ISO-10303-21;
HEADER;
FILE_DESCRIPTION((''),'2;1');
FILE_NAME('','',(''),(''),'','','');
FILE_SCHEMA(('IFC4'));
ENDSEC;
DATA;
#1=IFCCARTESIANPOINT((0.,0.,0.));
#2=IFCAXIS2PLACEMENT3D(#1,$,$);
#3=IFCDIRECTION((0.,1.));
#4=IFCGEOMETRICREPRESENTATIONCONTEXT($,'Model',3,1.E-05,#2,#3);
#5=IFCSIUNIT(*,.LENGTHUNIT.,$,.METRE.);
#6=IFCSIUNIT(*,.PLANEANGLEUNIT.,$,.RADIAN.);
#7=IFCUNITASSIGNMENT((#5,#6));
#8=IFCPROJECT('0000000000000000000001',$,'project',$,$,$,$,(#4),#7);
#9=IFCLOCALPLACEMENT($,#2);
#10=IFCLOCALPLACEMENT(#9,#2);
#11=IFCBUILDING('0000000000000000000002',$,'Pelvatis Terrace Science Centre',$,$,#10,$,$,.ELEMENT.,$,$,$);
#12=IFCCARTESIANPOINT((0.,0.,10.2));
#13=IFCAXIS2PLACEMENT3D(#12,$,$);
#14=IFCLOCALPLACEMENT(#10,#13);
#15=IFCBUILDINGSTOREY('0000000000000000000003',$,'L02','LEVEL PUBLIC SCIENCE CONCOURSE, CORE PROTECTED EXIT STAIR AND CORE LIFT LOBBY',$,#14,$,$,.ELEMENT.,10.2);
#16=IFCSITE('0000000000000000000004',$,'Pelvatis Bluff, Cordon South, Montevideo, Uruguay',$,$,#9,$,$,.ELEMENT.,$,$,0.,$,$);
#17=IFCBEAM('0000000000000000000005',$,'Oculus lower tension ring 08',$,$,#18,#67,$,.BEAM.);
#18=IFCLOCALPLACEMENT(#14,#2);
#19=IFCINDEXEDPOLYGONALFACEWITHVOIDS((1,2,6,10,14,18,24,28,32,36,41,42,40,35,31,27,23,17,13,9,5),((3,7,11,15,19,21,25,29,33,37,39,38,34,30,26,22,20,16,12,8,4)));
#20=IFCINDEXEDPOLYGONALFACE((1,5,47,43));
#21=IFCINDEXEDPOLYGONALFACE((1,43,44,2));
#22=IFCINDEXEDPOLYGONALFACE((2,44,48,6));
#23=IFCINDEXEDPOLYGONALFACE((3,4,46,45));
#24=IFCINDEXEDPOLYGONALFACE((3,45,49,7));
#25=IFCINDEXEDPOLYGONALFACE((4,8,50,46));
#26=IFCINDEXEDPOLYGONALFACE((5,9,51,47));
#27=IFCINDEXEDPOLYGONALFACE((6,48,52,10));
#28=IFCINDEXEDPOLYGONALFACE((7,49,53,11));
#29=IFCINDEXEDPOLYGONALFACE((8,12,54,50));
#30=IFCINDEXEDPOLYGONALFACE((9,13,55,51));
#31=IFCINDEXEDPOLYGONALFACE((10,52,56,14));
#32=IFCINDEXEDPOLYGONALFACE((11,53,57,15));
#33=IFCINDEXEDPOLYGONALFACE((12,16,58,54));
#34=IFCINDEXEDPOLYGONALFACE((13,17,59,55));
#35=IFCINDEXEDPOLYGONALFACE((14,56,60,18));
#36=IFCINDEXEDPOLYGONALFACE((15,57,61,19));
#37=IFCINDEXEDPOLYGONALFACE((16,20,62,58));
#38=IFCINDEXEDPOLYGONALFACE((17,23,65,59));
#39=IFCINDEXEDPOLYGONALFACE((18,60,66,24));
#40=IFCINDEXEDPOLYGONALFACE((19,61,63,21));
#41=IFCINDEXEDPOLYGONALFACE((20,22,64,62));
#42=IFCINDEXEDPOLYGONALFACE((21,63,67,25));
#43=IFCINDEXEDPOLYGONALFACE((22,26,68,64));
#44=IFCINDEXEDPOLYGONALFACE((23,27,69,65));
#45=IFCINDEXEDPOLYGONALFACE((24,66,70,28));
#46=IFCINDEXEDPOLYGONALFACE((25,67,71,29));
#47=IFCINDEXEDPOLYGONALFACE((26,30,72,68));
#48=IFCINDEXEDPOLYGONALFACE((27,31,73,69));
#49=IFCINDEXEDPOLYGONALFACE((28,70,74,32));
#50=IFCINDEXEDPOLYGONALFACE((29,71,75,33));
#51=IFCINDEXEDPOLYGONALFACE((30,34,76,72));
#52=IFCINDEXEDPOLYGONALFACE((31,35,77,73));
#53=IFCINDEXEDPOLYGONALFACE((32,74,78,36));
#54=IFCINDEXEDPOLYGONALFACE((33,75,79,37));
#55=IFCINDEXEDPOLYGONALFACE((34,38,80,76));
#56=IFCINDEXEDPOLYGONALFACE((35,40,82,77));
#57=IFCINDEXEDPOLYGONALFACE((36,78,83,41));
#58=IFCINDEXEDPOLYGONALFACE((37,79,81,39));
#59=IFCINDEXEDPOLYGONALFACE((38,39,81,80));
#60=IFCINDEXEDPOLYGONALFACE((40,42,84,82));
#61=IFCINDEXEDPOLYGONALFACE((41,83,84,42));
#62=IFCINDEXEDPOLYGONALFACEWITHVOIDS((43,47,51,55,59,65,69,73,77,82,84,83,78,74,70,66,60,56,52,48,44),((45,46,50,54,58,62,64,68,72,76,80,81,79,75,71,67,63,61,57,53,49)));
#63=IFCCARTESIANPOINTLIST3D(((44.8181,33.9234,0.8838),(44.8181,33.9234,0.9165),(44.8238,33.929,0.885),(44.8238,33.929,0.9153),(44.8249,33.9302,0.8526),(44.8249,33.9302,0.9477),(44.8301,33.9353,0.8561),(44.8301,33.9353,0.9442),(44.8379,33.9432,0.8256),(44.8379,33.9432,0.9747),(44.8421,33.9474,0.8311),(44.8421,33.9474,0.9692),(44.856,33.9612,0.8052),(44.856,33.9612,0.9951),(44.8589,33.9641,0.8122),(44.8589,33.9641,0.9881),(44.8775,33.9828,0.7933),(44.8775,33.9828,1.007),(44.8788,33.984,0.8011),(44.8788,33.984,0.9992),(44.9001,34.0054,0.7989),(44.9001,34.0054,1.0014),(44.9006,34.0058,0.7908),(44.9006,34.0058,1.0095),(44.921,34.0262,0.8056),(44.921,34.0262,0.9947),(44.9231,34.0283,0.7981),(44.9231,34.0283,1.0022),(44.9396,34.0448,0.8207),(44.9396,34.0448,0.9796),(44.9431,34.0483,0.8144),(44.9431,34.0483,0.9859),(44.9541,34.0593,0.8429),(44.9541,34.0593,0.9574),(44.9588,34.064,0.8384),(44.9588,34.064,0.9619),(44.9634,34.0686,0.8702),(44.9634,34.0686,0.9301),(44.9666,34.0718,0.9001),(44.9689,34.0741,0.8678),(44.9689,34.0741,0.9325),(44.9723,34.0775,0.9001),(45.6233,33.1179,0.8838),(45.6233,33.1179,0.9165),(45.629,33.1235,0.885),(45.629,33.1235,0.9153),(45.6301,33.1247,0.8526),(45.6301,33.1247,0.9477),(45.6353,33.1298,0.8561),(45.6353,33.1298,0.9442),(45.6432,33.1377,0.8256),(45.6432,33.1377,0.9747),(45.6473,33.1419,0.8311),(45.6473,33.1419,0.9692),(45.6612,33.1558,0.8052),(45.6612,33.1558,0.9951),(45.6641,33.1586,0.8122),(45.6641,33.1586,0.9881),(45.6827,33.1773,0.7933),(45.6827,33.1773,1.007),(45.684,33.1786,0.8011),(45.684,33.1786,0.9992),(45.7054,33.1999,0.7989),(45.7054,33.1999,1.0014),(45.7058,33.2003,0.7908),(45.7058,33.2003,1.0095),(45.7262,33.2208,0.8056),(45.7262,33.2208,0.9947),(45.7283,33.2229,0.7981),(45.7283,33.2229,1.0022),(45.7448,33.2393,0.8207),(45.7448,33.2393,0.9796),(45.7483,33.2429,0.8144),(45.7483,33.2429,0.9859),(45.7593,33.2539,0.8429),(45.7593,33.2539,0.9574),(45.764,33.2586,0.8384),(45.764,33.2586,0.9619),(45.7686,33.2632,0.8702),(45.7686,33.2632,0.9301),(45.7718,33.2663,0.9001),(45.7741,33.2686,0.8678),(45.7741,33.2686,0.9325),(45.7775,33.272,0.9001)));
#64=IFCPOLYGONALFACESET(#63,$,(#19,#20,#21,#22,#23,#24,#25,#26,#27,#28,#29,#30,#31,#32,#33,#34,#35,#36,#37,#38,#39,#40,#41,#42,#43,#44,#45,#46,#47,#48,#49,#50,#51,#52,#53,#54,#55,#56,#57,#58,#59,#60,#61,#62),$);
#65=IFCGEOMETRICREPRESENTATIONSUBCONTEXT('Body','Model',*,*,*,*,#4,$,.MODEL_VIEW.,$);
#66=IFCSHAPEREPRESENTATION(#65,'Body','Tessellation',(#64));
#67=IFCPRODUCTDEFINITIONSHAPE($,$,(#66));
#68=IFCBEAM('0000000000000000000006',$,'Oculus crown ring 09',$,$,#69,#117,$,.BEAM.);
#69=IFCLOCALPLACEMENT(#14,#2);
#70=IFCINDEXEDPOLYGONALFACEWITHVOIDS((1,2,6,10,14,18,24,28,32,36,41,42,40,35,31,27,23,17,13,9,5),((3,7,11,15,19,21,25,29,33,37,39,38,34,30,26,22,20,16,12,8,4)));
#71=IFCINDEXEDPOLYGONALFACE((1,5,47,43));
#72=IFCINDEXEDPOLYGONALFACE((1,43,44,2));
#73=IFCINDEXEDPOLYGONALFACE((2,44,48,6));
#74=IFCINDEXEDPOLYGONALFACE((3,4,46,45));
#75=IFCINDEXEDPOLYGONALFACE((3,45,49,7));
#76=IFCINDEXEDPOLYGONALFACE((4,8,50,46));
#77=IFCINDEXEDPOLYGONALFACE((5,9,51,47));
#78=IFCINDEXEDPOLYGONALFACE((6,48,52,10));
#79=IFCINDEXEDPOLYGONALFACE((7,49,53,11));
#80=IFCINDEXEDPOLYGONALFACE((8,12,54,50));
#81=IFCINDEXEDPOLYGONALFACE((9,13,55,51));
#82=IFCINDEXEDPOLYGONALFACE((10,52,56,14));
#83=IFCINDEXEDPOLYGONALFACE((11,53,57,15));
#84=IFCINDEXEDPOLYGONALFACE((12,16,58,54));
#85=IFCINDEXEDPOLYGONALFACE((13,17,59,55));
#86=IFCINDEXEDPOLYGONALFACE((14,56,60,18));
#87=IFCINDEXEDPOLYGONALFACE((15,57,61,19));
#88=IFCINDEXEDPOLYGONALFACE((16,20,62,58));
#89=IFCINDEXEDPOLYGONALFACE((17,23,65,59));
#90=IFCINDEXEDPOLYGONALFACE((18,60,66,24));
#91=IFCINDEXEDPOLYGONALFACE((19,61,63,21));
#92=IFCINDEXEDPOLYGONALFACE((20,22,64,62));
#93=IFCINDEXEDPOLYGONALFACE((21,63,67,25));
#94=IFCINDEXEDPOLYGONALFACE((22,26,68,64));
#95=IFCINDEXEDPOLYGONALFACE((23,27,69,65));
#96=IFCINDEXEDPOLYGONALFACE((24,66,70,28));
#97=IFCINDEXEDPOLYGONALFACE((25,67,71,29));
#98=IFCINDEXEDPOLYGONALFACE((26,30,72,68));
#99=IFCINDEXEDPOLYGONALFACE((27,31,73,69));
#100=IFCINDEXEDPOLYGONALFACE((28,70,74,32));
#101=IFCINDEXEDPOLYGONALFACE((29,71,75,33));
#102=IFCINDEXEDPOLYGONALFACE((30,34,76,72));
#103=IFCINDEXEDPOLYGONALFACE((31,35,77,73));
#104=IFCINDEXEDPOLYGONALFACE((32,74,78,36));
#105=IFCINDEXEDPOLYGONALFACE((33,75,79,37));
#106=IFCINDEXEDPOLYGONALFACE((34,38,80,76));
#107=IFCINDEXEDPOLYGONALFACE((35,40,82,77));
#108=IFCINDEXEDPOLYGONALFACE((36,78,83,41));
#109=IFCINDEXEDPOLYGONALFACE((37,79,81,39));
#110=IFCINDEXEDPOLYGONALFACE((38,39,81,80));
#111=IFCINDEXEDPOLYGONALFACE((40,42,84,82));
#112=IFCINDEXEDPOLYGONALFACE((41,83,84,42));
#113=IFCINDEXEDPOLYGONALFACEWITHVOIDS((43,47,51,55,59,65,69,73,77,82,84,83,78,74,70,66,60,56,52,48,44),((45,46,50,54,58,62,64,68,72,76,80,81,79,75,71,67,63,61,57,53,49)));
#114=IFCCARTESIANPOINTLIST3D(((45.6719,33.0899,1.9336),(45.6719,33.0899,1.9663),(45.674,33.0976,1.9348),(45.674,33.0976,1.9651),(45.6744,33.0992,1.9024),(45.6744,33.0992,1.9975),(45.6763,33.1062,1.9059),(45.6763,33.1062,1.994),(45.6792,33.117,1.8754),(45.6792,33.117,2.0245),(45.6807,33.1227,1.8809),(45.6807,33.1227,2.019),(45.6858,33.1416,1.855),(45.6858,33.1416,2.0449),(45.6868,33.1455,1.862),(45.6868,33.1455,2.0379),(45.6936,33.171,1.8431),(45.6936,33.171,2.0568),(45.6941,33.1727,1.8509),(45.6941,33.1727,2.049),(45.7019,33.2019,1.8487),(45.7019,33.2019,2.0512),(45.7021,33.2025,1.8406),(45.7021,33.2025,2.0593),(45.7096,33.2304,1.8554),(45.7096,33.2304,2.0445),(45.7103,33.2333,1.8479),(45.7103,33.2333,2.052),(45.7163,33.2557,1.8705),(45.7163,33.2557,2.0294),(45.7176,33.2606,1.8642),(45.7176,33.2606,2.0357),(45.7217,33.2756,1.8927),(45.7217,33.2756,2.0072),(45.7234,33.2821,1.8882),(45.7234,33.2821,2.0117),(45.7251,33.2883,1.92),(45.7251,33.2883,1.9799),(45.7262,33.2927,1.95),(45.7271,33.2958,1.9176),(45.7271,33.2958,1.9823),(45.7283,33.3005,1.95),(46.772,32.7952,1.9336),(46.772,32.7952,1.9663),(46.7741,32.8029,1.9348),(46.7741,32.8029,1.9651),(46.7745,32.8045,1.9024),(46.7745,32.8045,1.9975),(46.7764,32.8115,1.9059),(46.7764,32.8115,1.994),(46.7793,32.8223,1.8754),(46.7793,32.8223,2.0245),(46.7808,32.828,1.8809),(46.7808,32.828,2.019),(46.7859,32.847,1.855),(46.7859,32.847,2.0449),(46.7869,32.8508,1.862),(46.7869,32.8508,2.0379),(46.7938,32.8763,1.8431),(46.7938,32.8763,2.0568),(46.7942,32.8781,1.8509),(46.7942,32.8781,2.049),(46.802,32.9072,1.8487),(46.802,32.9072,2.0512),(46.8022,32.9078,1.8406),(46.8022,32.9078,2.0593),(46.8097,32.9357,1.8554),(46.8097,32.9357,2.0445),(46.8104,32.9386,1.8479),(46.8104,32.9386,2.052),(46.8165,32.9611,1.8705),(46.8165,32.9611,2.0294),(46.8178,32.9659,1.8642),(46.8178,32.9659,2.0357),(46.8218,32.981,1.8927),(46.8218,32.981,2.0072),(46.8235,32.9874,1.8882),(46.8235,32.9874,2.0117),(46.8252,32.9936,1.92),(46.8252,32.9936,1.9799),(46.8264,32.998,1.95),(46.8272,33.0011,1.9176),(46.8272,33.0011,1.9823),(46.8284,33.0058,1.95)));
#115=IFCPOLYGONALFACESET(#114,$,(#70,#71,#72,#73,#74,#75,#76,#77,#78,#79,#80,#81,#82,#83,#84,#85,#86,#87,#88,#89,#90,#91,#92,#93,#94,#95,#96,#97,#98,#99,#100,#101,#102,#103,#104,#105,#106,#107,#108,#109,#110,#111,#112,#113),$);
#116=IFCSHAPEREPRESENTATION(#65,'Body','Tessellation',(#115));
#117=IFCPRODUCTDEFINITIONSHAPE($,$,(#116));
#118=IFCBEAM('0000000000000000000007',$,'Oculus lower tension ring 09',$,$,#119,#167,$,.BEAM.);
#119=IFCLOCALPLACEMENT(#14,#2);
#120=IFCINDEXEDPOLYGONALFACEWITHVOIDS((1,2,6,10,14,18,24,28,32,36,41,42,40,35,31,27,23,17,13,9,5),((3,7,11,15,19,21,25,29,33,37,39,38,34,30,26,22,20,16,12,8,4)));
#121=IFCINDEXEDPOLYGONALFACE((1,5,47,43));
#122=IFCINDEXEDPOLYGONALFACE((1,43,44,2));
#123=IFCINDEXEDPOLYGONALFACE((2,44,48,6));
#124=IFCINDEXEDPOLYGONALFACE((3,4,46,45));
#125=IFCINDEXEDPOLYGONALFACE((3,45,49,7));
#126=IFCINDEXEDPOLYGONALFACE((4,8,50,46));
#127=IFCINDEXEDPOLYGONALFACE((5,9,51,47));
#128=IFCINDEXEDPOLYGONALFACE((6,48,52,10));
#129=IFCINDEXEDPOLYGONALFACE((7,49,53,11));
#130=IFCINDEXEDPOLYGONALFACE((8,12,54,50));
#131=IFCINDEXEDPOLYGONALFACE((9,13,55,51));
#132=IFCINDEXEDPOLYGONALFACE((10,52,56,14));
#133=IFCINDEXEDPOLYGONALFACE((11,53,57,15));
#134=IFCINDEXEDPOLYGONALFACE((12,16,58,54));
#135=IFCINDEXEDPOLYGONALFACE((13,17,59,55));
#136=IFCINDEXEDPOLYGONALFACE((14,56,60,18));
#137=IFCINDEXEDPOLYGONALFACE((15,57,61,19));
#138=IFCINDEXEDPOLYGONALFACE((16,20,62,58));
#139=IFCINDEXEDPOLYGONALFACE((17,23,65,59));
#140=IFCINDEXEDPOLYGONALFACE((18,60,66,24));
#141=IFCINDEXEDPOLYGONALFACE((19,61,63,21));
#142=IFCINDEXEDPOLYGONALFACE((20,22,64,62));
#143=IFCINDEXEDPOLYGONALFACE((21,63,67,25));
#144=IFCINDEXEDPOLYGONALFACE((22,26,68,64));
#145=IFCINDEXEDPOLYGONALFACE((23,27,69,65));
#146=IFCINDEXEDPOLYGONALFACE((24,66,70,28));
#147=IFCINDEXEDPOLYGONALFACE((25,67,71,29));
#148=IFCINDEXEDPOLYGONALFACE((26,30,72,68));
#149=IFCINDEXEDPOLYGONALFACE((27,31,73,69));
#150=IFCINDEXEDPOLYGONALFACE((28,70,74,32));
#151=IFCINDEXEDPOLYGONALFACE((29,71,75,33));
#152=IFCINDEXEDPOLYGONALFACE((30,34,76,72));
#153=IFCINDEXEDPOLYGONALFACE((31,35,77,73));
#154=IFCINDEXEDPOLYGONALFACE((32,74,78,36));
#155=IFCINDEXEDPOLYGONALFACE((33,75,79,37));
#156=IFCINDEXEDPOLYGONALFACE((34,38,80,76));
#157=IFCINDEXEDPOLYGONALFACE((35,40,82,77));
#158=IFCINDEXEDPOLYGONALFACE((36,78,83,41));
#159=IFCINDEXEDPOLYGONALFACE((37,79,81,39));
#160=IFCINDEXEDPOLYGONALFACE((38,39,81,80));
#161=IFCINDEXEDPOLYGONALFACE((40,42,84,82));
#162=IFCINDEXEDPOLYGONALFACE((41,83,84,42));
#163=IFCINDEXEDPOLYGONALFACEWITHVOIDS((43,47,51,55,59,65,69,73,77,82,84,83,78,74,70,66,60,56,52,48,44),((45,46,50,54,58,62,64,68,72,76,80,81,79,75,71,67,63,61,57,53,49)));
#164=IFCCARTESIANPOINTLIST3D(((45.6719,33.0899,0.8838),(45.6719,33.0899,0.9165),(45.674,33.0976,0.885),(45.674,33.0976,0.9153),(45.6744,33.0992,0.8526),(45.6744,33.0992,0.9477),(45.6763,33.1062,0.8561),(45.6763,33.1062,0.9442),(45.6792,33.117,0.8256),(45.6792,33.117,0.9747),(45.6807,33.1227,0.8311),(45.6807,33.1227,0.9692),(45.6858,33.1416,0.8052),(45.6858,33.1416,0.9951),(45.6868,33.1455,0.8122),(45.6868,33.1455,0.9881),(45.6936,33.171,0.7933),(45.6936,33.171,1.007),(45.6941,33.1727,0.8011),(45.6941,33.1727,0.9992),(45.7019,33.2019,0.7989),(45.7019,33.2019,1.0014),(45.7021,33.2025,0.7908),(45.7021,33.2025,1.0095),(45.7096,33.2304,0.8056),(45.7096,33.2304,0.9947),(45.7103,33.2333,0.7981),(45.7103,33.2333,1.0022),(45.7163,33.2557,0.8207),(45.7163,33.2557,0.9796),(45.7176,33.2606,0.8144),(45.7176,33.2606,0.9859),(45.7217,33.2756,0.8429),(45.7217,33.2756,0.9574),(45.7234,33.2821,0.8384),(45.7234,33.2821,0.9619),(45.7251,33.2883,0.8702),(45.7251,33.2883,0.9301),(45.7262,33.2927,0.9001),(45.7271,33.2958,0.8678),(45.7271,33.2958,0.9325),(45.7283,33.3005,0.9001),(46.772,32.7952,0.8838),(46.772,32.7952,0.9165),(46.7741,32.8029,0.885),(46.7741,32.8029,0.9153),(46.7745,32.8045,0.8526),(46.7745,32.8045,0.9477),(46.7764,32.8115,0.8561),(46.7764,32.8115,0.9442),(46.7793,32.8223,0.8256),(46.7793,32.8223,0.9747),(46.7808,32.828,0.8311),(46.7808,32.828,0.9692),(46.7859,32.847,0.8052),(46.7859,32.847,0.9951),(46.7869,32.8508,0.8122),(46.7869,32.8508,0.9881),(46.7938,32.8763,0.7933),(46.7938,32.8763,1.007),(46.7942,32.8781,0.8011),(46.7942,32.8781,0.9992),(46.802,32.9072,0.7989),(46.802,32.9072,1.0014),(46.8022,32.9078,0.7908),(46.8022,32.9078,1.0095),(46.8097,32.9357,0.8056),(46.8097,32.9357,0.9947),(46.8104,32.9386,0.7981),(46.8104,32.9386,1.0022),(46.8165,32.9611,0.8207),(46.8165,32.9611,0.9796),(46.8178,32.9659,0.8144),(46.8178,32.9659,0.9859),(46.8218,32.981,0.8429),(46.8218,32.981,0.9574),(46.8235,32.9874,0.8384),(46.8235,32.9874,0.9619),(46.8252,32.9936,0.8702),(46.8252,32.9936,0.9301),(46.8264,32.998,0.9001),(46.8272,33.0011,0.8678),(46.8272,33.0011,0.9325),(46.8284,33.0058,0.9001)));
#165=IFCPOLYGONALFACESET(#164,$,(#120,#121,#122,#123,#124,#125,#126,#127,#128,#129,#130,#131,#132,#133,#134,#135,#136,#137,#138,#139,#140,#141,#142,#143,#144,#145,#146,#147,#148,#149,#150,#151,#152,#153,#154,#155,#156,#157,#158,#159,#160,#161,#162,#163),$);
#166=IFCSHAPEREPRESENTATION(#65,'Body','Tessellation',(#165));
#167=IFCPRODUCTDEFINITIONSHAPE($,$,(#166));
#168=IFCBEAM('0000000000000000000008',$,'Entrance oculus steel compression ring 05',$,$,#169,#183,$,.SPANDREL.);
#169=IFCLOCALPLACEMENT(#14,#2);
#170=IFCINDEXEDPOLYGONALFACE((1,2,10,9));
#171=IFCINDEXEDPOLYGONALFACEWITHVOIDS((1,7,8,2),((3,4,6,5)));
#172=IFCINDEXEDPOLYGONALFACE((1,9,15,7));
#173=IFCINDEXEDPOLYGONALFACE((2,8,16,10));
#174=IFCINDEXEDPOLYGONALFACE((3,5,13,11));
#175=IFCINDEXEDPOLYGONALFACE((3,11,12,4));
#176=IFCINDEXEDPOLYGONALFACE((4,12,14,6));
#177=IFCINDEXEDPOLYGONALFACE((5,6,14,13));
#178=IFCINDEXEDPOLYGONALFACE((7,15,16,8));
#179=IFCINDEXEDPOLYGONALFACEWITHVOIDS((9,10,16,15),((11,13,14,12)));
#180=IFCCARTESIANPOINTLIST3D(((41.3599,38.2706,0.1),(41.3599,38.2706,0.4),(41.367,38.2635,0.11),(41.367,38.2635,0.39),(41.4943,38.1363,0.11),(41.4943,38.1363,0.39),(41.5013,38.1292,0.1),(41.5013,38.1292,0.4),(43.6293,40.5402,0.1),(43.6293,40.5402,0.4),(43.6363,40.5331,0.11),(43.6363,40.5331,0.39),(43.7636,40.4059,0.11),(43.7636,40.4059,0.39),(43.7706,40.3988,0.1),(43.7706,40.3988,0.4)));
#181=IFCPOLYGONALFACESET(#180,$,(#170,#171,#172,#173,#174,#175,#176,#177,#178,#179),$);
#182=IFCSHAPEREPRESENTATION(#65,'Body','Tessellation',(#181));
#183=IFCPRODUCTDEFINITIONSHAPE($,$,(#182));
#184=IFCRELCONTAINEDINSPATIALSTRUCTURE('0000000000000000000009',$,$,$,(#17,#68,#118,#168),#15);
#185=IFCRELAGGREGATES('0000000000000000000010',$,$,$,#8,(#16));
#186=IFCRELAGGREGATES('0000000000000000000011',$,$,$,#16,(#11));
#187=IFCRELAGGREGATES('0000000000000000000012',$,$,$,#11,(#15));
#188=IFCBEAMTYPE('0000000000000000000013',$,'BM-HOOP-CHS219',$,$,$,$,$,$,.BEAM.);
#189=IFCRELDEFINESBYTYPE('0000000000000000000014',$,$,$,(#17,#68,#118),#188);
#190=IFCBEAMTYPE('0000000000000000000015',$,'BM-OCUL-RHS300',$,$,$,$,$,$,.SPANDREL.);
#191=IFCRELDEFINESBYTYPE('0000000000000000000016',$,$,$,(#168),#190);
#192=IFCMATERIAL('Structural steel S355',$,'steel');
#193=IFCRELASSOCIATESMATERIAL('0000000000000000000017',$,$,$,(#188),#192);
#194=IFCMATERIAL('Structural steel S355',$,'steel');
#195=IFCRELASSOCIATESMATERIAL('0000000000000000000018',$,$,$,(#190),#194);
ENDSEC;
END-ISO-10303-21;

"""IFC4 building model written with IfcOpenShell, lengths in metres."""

from ifc_helpers import new_model, si_unit, direction, frame, origin, origin_2d, place, context, subcontext, project, spatial, hollow_rectangle, hollow_circle, extrude, material, material_profile, profile_set, type_object, element, save


model = new_model("IFC4")

# Units and contexts
model_context = context("Model", 3, precision=1e-05, world=origin(), true_north=direction((0.0, 1.0)))
body_context = subcontext(model_context, "Body", "Model", "MODEL_VIEW")
ifc_project = project(units=[si_unit("LENGTHUNIT", "METRE"), si_unit("PLANEANGLEUNIT", "RADIAN")], contexts=[model_context])

# Site, building, storey
site_placement = place(None, origin())
site = spatial("IfcSite", under=ifc_project, at=site_placement, Name="Pelvatis Bluff, Cordon South, Montevideo, Uruguay", CompositionType="ELEMENT", RefElevation=0.0)
building_placement = place(site_placement, origin())
building = spatial("IfcBuilding", under=site, at=building_placement, Name="Pelvatis Terrace Science Centre", CompositionType="ELEMENT")
storey_placement = place(building_placement, frame((0.0, 0.0, 10.2)))
storey = spatial("IfcBuildingStorey", under=building, at=storey_placement, Name="L02", Description="LEVEL PUBLIC SCIENCE CONCOURSE, CORE PROTECTED EXIT STAIR AND CORE LIFT LOBBY", CompositionType="ELEMENT", Elevation=10.2)

# Beams
ifc_material_1 = material(Name="Structural steel S355", Category="steel")
ifc_material_profile_1 = material_profile(ifc_material_1, hollow_circle(Radius=0.1096, WallThickness=0.0081, at=origin_2d()), Name="CHS 219.1x8.0")
ifc_profile_set_1 = profile_set([ifc_material_profile_1], Name="Structural steel S355")
beam_type_1 = type_object("IfcBeamType", Name="BM-HOOP-CHS219", PredefinedType="BEAM", material=ifc_profile_set_1)
for number, where, z_axis, x_axis, name in (
    (1, (44.8948, 34.0, 0.9001), (0.707, -0.707214, 0.0), (0.707214, 0.707, 0.0), "Oculus lower tension ring 08"),
    (2, (45.7, 33.1946, 1.95), (0.965946, -0.258743, 0.0), (0.258743, 0.965946, 0.0), "Oculus crown ring 09"),
    (3, (45.7, 33.1946, 0.9001), (0.965946, -0.258743, 0.0), (0.258743, 0.965946, 0.0), "Oculus lower tension ring 09"),
):
    element("IfcBeam", number, at=place(storey_placement, frame(where, z_axis=z_axis, x_axis=x_axis)), inside=storey, type_object=beam_type_1, Name=name, PredefinedType="BEAM", context=body_context, shape_type="SweptSolid", body=[
        extrude(hollow_circle(Radius=0.1096, WallThickness=0.0081, at=origin_2d()), origin(), (0.0, 0.0, 1.0), 1.1389),
    ])
ifc_material_2 = material(Name="Structural steel S355", Category="steel")
ifc_material_profile_2 = material_profile(ifc_material_2, hollow_rectangle(XDim=0.2, YDim=0.3, WallThickness=0.01, at=origin_2d()), Name="RHS 300x200x10.0")
ifc_profile_set_2 = profile_set([ifc_material_profile_2], Name="Structural steel S355")
beam_type_2 = type_object("IfcBeamType", Name="BM-OCUL-RHS300", PredefinedType="SPANDREL", material=ifc_profile_set_2)
beam_1_placement = place(storey_placement, frame((43.7, 40.4695, 0.25), z_axis=(-0.707069, -0.707145, 0.0), x_axis=(0.707145, -0.707069, 0.0)))
element("IfcBeam", 4, at=beam_1_placement, inside=storey, type_object=beam_type_2, Name="Entrance oculus steel compression ring 05", PredefinedType="SPANDREL", context=body_context, shape_type="SweptSolid", body=[
    extrude(hollow_rectangle(XDim=0.2, YDim=0.3, WallThickness=0.01, at=origin_2d()), origin(), (0.0, 0.0, 1.0), 3.2095),
])

save(model, "model.ifc")
